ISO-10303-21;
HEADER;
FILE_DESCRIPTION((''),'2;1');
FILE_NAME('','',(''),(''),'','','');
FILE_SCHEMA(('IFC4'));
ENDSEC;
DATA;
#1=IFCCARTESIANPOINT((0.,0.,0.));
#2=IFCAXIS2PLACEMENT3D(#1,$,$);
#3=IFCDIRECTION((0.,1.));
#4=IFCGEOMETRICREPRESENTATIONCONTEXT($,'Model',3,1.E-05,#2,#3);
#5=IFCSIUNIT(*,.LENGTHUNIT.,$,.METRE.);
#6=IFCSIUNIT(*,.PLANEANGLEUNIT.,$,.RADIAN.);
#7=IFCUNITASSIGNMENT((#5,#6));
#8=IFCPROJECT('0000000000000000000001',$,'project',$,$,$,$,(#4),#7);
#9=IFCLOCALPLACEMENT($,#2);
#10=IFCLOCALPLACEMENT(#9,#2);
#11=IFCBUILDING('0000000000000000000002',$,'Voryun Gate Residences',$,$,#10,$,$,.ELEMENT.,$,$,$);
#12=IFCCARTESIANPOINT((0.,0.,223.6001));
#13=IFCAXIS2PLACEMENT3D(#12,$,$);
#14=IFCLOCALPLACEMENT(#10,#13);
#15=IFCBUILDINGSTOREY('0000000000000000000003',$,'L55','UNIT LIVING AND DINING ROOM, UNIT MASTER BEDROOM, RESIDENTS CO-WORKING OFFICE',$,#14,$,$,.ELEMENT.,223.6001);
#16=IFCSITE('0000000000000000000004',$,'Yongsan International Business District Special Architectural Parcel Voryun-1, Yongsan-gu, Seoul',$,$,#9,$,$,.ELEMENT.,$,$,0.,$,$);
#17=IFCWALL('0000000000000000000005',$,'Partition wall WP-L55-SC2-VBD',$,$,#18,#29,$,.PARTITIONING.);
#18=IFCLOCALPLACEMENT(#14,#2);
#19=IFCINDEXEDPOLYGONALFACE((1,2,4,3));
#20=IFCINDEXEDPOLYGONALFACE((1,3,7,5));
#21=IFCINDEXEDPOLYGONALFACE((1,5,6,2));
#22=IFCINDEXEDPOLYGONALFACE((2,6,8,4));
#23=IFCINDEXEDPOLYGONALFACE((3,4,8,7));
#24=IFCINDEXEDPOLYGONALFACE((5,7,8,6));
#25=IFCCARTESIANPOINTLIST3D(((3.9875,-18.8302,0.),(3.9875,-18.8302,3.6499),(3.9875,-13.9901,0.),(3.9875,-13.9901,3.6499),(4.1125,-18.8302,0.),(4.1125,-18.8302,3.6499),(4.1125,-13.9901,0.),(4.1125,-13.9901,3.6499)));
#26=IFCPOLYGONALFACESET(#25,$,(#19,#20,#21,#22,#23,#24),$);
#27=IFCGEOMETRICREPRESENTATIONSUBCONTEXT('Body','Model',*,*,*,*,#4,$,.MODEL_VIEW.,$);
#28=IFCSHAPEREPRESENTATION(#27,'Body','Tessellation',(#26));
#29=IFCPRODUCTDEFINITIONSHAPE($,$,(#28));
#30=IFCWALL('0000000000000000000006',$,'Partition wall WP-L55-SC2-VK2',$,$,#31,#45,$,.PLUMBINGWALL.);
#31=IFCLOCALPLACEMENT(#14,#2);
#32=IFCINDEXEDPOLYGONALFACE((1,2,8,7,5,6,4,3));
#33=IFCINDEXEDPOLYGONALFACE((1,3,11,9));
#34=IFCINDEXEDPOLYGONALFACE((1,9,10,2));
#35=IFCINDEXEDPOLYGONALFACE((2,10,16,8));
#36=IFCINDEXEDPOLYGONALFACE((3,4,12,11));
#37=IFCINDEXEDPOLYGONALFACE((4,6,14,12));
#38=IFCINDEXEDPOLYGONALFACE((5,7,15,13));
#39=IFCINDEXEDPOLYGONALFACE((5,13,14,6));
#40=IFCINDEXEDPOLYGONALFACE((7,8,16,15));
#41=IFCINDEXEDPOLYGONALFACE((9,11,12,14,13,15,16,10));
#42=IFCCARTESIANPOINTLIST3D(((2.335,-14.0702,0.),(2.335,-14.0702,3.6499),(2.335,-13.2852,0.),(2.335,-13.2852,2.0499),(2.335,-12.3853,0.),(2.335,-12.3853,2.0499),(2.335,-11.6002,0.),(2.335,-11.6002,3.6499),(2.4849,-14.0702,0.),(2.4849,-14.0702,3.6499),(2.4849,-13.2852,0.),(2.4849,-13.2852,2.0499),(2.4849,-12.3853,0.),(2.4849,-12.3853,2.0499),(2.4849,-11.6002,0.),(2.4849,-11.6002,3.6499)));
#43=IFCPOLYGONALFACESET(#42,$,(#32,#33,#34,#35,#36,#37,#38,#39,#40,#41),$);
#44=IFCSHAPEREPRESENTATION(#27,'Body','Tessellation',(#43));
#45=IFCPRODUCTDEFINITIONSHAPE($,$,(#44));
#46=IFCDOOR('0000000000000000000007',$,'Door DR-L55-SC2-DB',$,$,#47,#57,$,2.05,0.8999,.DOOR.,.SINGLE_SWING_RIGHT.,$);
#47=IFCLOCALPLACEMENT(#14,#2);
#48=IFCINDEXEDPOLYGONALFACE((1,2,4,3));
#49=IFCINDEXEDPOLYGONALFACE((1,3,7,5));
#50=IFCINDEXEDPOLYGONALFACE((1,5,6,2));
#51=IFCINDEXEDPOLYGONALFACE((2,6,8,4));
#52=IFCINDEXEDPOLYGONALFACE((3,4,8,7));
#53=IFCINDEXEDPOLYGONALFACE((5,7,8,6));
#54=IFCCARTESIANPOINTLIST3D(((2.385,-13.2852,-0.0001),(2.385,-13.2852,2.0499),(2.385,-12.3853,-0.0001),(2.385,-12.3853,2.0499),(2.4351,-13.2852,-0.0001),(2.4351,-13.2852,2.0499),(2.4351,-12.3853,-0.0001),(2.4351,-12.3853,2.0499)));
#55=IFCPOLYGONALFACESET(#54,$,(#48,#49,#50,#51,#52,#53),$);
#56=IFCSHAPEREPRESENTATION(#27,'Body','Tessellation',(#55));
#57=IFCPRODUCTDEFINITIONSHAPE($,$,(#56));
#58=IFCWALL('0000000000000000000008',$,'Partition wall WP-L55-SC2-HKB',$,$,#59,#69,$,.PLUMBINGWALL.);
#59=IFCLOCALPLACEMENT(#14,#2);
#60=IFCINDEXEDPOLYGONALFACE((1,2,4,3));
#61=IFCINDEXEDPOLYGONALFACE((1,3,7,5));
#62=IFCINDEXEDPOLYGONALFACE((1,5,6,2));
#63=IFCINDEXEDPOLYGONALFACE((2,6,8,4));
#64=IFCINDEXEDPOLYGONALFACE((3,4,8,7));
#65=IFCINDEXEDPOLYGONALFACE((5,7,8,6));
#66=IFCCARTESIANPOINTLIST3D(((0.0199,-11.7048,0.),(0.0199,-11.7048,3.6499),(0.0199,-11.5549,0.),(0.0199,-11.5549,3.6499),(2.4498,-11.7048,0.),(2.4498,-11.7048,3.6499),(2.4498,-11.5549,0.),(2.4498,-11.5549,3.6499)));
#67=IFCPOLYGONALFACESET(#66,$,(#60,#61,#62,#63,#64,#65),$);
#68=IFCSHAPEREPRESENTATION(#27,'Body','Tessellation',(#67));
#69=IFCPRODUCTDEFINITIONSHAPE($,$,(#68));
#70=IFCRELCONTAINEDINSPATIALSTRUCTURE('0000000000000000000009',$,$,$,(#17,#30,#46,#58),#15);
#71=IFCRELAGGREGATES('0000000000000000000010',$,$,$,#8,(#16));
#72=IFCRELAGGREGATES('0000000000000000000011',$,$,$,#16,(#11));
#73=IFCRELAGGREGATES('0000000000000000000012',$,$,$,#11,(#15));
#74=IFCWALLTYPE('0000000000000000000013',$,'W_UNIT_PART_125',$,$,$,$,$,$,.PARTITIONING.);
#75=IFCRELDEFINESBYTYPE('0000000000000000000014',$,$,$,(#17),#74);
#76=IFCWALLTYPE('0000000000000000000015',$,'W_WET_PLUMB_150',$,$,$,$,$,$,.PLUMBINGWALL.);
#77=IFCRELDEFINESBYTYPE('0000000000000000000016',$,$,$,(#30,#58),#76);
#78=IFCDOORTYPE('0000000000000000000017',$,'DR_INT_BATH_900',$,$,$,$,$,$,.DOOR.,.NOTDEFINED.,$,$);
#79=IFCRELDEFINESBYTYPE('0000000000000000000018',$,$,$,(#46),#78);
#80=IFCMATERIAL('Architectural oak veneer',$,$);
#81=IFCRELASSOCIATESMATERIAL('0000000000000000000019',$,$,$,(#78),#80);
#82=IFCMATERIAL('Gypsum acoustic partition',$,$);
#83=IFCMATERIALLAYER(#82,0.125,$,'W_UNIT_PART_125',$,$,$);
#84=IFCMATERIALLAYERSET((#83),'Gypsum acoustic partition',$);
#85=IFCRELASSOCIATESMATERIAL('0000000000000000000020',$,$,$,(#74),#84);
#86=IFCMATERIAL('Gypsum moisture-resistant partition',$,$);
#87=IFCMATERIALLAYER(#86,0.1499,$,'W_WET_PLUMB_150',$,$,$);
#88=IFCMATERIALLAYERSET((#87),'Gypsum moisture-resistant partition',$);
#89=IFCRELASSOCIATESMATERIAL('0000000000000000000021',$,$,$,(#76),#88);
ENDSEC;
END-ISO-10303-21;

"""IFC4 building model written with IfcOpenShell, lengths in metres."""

from ifc_helpers import new_model, si_unit, direction, frame, frame_2d, origin, place, context, subcontext, project, spatial, rectangle, extrude, material, layer, layer_set, type_object, element, fill, save


model = new_model("IFC4")

# Units and contexts
model_context = context("Model", 3, precision=1e-05, world=origin(), true_north=direction((0.0, 1.0)))
body_context = subcontext(model_context, "Body", "Model", "MODEL_VIEW")
ifc_project = project(units=[si_unit("LENGTHUNIT", "METRE"), si_unit("PLANEANGLEUNIT", "RADIAN")], contexts=[model_context])

# Site, building, storey
site_placement = place(None, origin())
site = spatial("IfcSite", under=ifc_project, at=site_placement, Name="Yongsan International Business District Special Architectural Parcel Voryun-1, Yongsan-gu, Seoul", CompositionType="ELEMENT", RefElevation=0.0)
building_placement = place(site_placement, origin())
building = spatial("IfcBuilding", under=site, at=building_placement, Name="Voryun Gate Residences", CompositionType="ELEMENT")
storey_placement = place(building_placement, frame((0.0, 0.0, 223.6001)))
storey = spatial("IfcBuildingStorey", under=building, at=storey_placement, Name="L55", Description="UNIT LIVING AND DINING ROOM, UNIT MASTER BEDROOM, RESIDENTS CO-WORKING OFFICE", CompositionType="ELEMENT", Elevation=223.6001)

# Shared definitions
ifc_material_1 = material(Name="Architectural oak veneer")
door_type_1 = type_object("IfcDoorType", Name="DR_INT_BATH_900", OperationType="NOTDEFINED", PredefinedType="DOOR", material=ifc_material_1)

# Shared definitions
ifc_material_2 = material(Name="Gypsum acoustic partition")
ifc_layer_1 = layer(ifc_material_2, 0.125, Name="W_UNIT_PART_125")
ifc_layer_set_1 = layer_set([ifc_layer_1], Name="Gypsum acoustic partition")
wall_type_1 = type_object("IfcWallType", Name="W_UNIT_PART_125", PredefinedType="PARTITIONING", material=ifc_layer_set_1)

# Wall
wall_1_placement = place(storey_placement, frame((4.05, -18.8301, 0.0), z_axis=(0.0, 0.0, 1.0), x_axis=(0.0, 1.0, 0.0)))
element("IfcWall", 1, at=wall_1_placement, inside=storey, type_object=wall_type_1, Name="Partition wall WP-L55-SC2-VBD", PredefinedType="PARTITIONING", context=body_context, shape_type="SweptSolid", body=[
    extrude(rectangle(XDim=4.8401, YDim=0.125, at=frame_2d((2.4199, 0.0))), origin(), (0.0, 0.0, 1.0), 3.6499),
])

# Wall, opening, door
ifc_material_3 = material(Name="Gypsum moisture-resistant partition")
ifc_layer_2 = layer(ifc_material_3, 0.1499, Name="W_WET_PLUMB_150")
ifc_layer_set_2 = layer_set([ifc_layer_2], Name="Gypsum moisture-resistant partition")
wall_type_2 = type_object("IfcWallType", Name="W_WET_PLUMB_150", PredefinedType="PLUMBINGWALL", material=ifc_layer_set_2)
wall_2_placement = place(storey_placement, frame((2.4099, -14.0701, 0.0), z_axis=(0.0, 0.0, 1.0), x_axis=(0.0, 1.0, 0.0)))
wall_2 = element("IfcWall", 2, at=wall_2_placement, inside=storey, type_object=wall_type_2, Name="Partition wall WP-L55-SC2-VK2", PredefinedType="PLUMBINGWALL", context=body_context, shape_type="SweptSolid", body=[
    extrude(rectangle(XDim=2.47, YDim=0.1499, at=frame_2d((1.2349, 0.0))), origin(), (0.0, 0.0, 1.0), 3.6499),
])
opening_1_placement = place(wall_2_placement, frame((0.7849, 0.0, 0.0)))
opening_1 = element("IfcOpeningElement", 3, at=opening_1_placement, cuts=wall_2, PredefinedType="OPENING", context=body_context, shape_type="SweptSolid", body=[
    extrude(rectangle(XDim=0.8999, YDim=2.05, at=frame_2d((0.45, 1.0249))), frame((0.0, 0.085, 0.0), z_axis=(0.0, -1.0, 0.0), x_axis=(1.0, 0.0, 0.0)), (0.0, 0.0, 1.0), 0.1699),
])
door_1_placement = place(opening_1_placement, origin())
door_1 = element("IfcDoor", 4, at=door_1_placement, inside=storey, type_object=door_type_1, Name="Door DR-L55-SC2-DB", OperationType="SINGLE_SWING_RIGHT", OverallHeight=2.05, OverallWidth=0.8999, PredefinedType="DOOR", context=body_context, shape_type="SweptSolid", body=[
    extrude(rectangle(XDim=0.8999, YDim=2.05, at=frame_2d((0.45, 1.0249))), frame((0.0, 0.0249, 0.0), z_axis=(0.0, -1.0, 0.0), x_axis=(1.0, 0.0, 0.0)), (0.0, 0.0, 1.0), 0.05),
])
fill(opening_1, door_1)

# Wall
wall_3_placement = place(storey_placement, frame((0.02, -11.6299, 0.0), z_axis=(0.0, 0.0, 1.0), x_axis=(1.0, 0.0, 0.0)))
element("IfcWall", 5, at=wall_3_placement, inside=storey, type_object=wall_type_2, Name="Partition wall WP-L55-SC2-HKB", PredefinedType="PLUMBINGWALL", context=body_context, shape_type="SweptSolid", body=[
    extrude(rectangle(XDim=2.4299, YDim=0.1499, at=frame_2d((1.2148, 0.0))), origin(), (0.0, 0.0, 1.0), 3.6499),
])

save(model, "model.ifc")
